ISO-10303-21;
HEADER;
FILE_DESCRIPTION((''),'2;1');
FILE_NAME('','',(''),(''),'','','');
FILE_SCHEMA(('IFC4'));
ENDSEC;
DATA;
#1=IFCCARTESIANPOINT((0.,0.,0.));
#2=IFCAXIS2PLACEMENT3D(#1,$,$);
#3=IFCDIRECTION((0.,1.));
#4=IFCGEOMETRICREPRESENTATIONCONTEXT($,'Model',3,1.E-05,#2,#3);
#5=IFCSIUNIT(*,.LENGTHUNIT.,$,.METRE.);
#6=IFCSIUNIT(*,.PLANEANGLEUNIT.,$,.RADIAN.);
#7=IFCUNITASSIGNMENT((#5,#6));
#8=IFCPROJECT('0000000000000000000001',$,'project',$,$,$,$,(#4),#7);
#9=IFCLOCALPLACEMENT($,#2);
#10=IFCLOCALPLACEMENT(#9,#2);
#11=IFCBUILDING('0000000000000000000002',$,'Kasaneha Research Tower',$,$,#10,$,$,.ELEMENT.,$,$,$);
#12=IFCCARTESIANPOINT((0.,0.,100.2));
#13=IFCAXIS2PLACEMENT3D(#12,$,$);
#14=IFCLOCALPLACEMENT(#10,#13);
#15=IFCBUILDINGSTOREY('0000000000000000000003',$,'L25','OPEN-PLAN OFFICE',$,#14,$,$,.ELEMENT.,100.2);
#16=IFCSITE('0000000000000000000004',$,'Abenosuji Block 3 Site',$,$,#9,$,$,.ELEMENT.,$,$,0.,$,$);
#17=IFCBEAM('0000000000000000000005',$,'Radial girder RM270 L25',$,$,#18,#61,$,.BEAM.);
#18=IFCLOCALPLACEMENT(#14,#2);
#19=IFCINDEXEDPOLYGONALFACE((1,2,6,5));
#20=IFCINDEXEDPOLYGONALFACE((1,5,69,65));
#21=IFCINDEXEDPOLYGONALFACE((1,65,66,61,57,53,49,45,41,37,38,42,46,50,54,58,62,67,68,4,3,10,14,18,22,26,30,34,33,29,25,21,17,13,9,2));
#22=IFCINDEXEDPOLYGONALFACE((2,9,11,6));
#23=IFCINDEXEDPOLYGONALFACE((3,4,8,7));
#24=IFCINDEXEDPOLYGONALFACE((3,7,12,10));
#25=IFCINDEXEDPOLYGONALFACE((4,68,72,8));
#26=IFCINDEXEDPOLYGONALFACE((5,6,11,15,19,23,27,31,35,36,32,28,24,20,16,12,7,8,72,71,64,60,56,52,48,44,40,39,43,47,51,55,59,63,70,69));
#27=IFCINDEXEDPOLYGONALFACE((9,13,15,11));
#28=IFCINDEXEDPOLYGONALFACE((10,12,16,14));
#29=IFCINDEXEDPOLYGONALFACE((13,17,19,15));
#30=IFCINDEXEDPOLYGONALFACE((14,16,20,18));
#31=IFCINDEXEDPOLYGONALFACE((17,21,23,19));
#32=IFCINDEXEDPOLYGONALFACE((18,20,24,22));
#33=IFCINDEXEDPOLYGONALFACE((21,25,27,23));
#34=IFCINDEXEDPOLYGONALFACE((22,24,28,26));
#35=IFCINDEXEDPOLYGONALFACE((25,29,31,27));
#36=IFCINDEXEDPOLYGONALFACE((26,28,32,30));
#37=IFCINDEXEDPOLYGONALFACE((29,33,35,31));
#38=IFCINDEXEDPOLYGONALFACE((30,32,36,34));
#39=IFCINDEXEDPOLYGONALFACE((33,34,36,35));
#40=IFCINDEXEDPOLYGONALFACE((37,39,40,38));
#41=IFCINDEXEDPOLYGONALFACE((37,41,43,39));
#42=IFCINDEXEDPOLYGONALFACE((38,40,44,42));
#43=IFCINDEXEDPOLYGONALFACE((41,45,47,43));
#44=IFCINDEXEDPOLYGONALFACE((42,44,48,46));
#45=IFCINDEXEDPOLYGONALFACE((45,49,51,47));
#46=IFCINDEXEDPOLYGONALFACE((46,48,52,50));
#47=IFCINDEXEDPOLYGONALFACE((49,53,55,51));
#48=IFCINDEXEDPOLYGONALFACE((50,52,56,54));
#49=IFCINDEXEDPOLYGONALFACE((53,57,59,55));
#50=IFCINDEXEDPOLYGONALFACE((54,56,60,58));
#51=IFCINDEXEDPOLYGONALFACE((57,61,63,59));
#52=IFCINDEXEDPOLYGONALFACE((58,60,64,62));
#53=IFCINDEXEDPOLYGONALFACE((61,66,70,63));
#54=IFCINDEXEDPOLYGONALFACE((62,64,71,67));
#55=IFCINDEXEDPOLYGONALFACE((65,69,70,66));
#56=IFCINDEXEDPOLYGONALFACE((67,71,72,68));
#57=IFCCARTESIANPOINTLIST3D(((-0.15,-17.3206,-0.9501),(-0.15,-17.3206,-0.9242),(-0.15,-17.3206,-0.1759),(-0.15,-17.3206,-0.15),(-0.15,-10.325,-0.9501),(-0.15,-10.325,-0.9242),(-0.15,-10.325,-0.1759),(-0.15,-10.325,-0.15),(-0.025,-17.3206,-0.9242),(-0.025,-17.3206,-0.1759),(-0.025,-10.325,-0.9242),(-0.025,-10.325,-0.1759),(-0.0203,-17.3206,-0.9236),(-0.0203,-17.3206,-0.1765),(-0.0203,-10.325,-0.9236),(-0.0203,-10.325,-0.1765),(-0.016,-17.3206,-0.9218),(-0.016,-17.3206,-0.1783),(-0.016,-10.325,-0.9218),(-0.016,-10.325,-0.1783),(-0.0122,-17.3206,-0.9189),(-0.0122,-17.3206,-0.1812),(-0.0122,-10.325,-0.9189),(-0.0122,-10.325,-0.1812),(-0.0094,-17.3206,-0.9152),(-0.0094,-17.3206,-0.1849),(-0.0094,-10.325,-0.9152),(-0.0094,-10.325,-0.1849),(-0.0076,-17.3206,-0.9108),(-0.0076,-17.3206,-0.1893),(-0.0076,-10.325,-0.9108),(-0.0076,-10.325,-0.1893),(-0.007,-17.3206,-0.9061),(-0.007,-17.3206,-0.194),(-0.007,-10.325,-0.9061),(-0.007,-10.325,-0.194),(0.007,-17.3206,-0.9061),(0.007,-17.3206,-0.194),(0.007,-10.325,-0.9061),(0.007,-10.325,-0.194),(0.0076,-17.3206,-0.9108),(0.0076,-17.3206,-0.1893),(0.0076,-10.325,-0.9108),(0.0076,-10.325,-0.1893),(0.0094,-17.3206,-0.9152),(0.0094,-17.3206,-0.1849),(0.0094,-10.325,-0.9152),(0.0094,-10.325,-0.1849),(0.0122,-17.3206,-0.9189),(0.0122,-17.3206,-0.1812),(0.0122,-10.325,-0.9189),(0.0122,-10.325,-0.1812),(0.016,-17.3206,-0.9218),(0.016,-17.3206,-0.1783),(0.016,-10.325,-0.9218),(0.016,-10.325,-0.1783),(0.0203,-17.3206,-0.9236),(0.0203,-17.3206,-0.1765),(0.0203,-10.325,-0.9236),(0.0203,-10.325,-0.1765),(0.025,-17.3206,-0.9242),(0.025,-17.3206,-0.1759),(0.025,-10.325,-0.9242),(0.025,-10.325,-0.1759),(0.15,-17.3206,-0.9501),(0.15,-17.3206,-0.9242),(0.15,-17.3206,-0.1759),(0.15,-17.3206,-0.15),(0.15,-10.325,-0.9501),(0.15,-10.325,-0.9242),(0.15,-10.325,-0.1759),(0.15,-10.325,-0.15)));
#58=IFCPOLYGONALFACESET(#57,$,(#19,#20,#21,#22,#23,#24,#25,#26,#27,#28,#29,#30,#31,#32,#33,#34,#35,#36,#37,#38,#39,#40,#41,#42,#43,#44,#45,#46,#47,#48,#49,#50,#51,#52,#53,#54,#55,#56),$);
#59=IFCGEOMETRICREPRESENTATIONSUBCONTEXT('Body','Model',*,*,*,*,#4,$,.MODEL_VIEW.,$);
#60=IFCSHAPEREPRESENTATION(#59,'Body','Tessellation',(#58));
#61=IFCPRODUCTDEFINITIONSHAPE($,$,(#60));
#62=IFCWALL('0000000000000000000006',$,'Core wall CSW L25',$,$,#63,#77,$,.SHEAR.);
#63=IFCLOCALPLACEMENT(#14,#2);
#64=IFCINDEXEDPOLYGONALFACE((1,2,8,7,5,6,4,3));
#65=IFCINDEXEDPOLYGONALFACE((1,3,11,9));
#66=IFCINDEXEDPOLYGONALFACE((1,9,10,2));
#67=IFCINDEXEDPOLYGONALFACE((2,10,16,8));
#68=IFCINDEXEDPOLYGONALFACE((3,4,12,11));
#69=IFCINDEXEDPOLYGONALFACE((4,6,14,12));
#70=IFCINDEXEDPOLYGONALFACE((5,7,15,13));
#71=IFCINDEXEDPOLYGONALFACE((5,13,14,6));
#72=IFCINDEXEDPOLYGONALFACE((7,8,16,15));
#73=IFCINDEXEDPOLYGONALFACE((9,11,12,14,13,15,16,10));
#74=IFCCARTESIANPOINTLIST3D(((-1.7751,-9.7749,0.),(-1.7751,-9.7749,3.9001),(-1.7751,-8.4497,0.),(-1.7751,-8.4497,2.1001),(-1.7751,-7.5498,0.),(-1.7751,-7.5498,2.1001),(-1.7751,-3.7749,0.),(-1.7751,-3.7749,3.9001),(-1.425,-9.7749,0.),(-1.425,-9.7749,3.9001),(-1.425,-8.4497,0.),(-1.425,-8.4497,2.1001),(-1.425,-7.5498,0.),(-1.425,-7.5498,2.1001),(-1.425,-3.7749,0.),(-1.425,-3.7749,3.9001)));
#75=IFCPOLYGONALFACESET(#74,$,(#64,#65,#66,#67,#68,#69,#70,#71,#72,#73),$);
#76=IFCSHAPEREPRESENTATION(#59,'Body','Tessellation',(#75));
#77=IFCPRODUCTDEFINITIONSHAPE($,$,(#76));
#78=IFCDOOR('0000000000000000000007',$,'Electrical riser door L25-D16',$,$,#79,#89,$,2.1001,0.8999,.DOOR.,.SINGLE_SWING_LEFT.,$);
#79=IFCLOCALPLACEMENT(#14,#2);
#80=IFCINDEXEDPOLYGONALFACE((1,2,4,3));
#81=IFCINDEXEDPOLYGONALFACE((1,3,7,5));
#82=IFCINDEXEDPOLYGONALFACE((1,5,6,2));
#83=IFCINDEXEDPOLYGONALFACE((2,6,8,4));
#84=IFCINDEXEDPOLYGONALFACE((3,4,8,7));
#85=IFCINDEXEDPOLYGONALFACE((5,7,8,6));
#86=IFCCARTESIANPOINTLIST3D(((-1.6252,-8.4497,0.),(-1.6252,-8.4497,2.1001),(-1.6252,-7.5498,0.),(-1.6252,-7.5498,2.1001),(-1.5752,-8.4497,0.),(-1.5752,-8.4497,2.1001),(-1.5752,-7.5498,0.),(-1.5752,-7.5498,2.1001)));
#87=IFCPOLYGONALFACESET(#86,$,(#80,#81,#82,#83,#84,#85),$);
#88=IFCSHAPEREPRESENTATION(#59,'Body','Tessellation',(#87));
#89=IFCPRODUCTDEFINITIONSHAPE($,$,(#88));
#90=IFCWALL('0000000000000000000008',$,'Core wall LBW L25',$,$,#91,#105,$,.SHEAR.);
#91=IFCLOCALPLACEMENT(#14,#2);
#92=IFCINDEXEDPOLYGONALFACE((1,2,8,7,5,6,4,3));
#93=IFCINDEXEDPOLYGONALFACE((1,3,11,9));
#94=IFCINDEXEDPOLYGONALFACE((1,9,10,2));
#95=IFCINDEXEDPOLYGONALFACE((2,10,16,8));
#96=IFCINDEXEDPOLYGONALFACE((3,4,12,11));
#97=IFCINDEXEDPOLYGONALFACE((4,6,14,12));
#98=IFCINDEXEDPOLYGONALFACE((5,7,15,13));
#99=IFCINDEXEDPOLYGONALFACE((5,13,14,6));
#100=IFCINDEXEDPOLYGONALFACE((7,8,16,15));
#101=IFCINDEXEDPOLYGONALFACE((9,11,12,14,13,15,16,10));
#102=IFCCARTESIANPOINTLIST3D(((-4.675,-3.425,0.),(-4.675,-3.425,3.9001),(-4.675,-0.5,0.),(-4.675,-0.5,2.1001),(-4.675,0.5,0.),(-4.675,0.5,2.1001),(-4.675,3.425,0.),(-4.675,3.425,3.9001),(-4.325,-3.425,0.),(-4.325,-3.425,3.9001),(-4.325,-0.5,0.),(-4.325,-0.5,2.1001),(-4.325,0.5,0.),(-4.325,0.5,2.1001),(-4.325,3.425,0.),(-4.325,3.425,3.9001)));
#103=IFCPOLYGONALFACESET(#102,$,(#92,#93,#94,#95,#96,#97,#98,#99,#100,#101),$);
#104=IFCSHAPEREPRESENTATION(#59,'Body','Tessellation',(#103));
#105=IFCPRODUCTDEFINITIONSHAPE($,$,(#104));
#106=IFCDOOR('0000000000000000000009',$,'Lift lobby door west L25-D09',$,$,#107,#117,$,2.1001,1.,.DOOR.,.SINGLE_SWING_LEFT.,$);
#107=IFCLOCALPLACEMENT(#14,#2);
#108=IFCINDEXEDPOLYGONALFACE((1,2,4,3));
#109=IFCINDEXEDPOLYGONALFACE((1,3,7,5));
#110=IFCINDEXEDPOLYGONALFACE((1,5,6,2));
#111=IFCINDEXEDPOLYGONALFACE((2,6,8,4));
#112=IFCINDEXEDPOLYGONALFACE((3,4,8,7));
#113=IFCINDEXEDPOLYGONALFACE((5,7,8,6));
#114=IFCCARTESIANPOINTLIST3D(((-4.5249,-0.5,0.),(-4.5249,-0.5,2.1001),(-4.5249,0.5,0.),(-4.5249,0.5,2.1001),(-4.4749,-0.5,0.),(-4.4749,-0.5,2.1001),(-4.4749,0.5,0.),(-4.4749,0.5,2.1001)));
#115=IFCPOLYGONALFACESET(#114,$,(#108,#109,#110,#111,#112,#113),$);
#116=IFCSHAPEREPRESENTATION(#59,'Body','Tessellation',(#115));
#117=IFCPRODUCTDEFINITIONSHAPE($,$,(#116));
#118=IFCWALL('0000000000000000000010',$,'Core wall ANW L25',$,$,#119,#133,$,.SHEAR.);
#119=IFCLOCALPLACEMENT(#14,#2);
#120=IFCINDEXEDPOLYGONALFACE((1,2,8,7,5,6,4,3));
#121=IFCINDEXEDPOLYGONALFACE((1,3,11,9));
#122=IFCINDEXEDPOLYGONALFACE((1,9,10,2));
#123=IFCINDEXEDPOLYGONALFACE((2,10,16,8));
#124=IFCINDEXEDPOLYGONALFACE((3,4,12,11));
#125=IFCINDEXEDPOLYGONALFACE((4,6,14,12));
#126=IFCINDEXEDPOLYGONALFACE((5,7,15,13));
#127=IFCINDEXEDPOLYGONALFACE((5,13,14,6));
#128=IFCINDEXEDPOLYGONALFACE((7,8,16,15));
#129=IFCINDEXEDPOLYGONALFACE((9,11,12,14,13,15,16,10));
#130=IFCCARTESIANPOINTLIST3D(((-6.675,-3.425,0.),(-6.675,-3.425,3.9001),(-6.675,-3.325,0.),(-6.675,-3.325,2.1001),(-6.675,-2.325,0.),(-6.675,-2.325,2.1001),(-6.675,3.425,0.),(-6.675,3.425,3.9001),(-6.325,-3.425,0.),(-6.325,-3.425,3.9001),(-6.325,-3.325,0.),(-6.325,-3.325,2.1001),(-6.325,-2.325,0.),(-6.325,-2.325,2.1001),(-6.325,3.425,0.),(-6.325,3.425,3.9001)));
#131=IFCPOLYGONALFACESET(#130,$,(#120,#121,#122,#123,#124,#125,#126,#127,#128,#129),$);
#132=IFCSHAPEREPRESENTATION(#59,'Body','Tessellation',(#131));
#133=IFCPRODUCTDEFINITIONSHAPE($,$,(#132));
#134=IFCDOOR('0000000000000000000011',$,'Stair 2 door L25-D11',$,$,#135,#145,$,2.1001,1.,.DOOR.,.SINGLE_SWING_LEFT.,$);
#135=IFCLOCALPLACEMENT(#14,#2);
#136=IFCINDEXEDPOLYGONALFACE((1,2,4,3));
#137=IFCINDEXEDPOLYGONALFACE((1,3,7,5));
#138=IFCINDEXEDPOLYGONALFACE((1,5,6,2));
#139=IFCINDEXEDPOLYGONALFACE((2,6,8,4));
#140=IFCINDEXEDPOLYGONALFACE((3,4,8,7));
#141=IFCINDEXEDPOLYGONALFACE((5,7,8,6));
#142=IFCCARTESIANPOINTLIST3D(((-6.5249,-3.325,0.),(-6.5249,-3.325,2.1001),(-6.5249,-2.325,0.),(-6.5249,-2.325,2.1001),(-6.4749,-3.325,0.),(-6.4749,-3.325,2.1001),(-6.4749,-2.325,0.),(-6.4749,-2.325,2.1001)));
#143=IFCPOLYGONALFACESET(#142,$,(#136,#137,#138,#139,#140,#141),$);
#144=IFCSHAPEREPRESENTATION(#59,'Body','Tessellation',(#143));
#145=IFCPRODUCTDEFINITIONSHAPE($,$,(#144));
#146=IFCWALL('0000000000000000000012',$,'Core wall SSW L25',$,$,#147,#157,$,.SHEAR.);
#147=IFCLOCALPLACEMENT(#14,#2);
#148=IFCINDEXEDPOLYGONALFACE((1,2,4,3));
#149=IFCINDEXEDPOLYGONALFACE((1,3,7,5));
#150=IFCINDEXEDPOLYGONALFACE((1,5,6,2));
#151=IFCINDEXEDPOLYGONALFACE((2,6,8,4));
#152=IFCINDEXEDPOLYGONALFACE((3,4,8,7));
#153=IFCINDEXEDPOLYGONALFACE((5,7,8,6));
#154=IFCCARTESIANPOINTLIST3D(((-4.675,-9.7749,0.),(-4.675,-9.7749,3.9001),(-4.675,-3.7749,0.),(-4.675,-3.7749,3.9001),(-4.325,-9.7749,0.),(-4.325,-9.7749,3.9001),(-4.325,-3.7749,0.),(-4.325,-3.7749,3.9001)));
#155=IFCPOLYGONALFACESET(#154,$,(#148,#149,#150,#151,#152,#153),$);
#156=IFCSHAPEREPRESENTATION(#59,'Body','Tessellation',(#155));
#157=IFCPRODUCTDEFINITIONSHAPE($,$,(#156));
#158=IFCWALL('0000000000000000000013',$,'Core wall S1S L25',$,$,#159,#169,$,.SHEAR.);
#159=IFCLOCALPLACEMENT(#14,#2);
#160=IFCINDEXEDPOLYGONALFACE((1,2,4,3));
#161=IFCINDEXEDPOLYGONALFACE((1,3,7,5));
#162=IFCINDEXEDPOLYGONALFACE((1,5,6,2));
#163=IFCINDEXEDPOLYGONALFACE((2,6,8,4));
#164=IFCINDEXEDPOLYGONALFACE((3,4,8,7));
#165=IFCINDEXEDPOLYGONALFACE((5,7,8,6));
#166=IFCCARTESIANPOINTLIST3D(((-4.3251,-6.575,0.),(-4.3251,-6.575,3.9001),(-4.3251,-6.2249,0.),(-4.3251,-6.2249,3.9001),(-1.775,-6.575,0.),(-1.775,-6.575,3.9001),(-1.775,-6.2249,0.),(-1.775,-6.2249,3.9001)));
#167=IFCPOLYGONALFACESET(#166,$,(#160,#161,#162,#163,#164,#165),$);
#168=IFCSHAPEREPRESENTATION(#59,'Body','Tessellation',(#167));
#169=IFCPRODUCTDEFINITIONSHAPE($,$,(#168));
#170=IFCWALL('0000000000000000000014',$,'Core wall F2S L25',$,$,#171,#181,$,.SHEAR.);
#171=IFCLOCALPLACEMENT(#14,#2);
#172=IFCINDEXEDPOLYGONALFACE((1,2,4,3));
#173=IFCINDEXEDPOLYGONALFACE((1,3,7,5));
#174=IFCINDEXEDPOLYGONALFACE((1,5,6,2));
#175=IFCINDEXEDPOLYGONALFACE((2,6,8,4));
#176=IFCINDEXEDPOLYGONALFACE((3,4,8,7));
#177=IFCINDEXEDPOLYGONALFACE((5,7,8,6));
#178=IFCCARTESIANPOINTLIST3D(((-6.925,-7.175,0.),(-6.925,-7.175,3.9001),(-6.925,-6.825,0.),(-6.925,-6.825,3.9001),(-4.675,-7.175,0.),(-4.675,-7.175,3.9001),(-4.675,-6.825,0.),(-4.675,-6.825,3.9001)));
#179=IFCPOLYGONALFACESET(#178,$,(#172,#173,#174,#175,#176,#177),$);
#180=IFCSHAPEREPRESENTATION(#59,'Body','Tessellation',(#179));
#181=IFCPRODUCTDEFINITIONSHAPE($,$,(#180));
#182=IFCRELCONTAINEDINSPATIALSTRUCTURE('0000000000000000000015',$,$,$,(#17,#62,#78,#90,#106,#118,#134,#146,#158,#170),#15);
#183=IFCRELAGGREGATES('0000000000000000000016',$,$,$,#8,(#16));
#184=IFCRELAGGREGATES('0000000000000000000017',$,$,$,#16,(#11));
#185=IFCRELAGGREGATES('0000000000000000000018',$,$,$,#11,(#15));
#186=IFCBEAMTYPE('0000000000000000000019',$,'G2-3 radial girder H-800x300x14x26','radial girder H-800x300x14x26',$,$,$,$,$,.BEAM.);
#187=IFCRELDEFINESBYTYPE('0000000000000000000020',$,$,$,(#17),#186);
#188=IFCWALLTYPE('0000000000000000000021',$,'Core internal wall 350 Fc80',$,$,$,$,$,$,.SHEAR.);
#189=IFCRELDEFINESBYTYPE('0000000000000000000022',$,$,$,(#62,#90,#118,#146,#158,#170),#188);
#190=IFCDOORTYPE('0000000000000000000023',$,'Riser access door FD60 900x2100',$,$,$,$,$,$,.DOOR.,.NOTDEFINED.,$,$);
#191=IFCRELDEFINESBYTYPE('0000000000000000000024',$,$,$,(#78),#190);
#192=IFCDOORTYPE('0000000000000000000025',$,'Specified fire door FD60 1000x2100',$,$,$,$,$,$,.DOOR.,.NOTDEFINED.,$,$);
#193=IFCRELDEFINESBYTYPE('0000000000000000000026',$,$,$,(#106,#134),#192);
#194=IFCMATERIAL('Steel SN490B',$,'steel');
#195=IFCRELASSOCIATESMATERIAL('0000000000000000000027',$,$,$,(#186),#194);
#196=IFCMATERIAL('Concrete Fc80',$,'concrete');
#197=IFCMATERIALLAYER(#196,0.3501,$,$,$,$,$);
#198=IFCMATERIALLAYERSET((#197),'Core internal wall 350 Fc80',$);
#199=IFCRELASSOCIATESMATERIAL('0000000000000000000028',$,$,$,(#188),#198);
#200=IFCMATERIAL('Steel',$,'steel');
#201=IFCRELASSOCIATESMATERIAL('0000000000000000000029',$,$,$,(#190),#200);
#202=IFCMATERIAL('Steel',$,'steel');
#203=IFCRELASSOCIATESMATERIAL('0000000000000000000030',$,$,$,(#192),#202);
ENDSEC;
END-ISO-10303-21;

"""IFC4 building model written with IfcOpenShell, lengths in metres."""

from ifc_helpers import new_model, si_unit, direction, frame, frame_2d, origin, origin_2d, place, context, subcontext, project, spatial, rectangle, i_section, extrude, material, layer, layer_set, material_profile, profile_set, type_object, element, fill, save


model = new_model("IFC4")

# Units and contexts
model_context = context("Model", 3, precision=1e-05, world=origin(), true_north=direction((0.0, 1.0)))
body_context = subcontext(model_context, "Body", "Model", "MODEL_VIEW")
ifc_project = project(units=[si_unit("LENGTHUNIT", "METRE"), si_unit("PLANEANGLEUNIT", "RADIAN")], contexts=[model_context])

# Site, building, storey
site_placement = place(None, origin())
site = spatial("IfcSite", under=ifc_project, at=site_placement, Name="Abenosuji Block 3 Site", CompositionType="ELEMENT", RefElevation=0.0)
building_placement = place(site_placement, origin())
building = spatial("IfcBuilding", under=site, at=building_placement, Name="Kasaneha Research Tower", CompositionType="ELEMENT")
storey_placement = place(building_placement, frame((0.0, 0.0, 100.2)))
storey = spatial("IfcBuildingStorey", under=building, at=storey_placement, Name="L25", Description="OPEN-PLAN OFFICE", CompositionType="ELEMENT", Elevation=100.2)

# Beam
ifc_material_1 = material(Name="Steel SN490B", Category="steel")
ifc_material_profile_1 = material_profile(ifc_material_1, i_section(OverallWidth=0.3, OverallDepth=0.8, WebThickness=0.0139, FlangeThickness=0.0259, FilletRadius=0.0181, at=origin_2d()), Name="H-800x300x14x26")
ifc_profile_set_1 = profile_set([ifc_material_profile_1], Name="Steel SN490B")
beam_type_1 = type_object("IfcBeamType", Name="G2-3 radial girder H-800x300x14x26", Description="radial girder H-800x300x14x26", PredefinedType="BEAM", material=ifc_profile_set_1)
beam_1_placement = place(storey_placement, frame((0.0, -10.325, -0.55), z_axis=(0.0, -1.0, 0.0), x_axis=(1.0, 0.0, 0.0)))
element("IfcBeam", 1, at=beam_1_placement, inside=storey, type_object=beam_type_1, Name="Radial girder RM270 L25", PredefinedType="BEAM", context=body_context, shape_type="SweptSolid", body=[
    extrude(i_section(OverallWidth=0.3, OverallDepth=0.8, WebThickness=0.0139, FlangeThickness=0.0259, FilletRadius=0.0181, at=origin_2d()), origin(), (0.0, 0.0, 1.0), 6.9956),
])

# Walls, openings, doors
ifc_material_2 = material(Name="Concrete Fc80", Category="concrete")
ifc_layer_1 = layer(ifc_material_2, 0.3501)
ifc_layer_set_1 = layer_set([ifc_layer_1], Name="Core internal wall 350 Fc80")
wall_type_1 = type_object("IfcWallType", Name="Core internal wall 350 Fc80", PredefinedType="SHEAR", material=ifc_layer_set_1)
wall_1_placement = place(storey_placement, frame((-1.6001, -3.7749, 0.0), z_axis=(0.0, 0.0, 1.0), x_axis=(0.0, -1.0, 0.0)))
wall_1 = element("IfcWall", 2, at=wall_1_placement, inside=storey, type_object=wall_type_1, Name="Core wall CSW L25", PredefinedType="SHEAR", context=body_context, shape_type="SweptSolid", body=[
    extrude(rectangle(XDim=6.0, YDim=0.3501, at=frame_2d((3.0, 0.0))), origin(), (0.0, 0.0, 1.0), 3.9001),
])
opening_1_placement = place(wall_1_placement, frame((3.7749, 0.0, 0.0)))
opening_1 = element("IfcOpeningElement", 3, at=opening_1_placement, cuts=wall_1, PredefinedType="OPENING", context=body_context, shape_type="SweptSolid", body=[
    extrude(rectangle(XDim=0.8999, YDim=2.1001, at=frame_2d((0.45, 1.05))), frame((0.0, 0.1851, 0.0), z_axis=(0.0, -1.0, 0.0), x_axis=(1.0, 0.0, 0.0)), (0.0, 0.0, 1.0), 0.3701),
])
ifc_material_3 = material(Name="Steel", Category="steel")
door_type_1 = type_object("IfcDoorType", Name="Riser access door FD60 900x2100", OperationType="NOTDEFINED", PredefinedType="DOOR", material=ifc_material_3)
door_1_placement = place(opening_1_placement, origin())
door_1 = element("IfcDoor", 4, at=door_1_placement, inside=storey, type_object=door_type_1, Name="Electrical riser door L25-D16", OperationType="SINGLE_SWING_LEFT", OverallHeight=2.1001, OverallWidth=0.8999, PredefinedType="DOOR", context=body_context, shape_type="SweptSolid", body=[
    extrude(rectangle(XDim=0.8999, YDim=2.1001, at=frame_2d((0.45, 1.05))), frame((0.0, 0.0249, 0.0), z_axis=(0.0, -1.0, 0.0), x_axis=(1.0, 0.0, 0.0)), (0.0, 0.0, 1.0), 0.05),
])
fill(opening_1, door_1)
wall_2_placement = place(storey_placement, frame((-4.5, -3.425, 0.0), z_axis=(0.0, 0.0, 1.0), x_axis=(0.0, 1.0, 0.0)))
wall_2 = element("IfcWall", 5, at=wall_2_placement, inside=storey, type_object=wall_type_1, Name="Core wall LBW L25", PredefinedType="SHEAR", context=body_context, shape_type="SweptSolid", body=[
    extrude(rectangle(XDim=6.8501, YDim=0.3501, at=frame_2d((3.425, 0.0))), origin(), (0.0, 0.0, 1.0), 3.9001),
])
opening_2_placement = place(wall_2_placement, frame((2.925, 0.0, 0.0)))
opening_2 = element("IfcOpeningElement", 6, at=opening_2_placement, cuts=wall_2, PredefinedType="OPENING", context=body_context, shape_type="SweptSolid", body=[
    extrude(rectangle(XDim=1.0, YDim=2.1001, at=frame_2d((0.5, 1.05))), frame((0.0, 0.1851, 0.0), z_axis=(0.0, -1.0, 0.0), x_axis=(1.0, 0.0, 0.0)), (0.0, 0.0, 1.0), 0.3701),
])
ifc_material_4 = material(Name="Steel", Category="steel")
door_type_2 = type_object("IfcDoorType", Name="Specified fire door FD60 1000x2100", OperationType="NOTDEFINED", PredefinedType="DOOR", material=ifc_material_4)
door_2_placement = place(opening_2_placement, origin())
door_2 = element("IfcDoor", 7, at=door_2_placement, inside=storey, type_object=door_type_2, Name="Lift lobby door west L25-D09", OperationType="SINGLE_SWING_LEFT", OverallHeight=2.1001, OverallWidth=1.0, PredefinedType="DOOR", context=body_context, shape_type="SweptSolid", body=[
    extrude(rectangle(XDim=1.0, YDim=2.1001, at=frame_2d((0.5, 1.05))), frame((0.0, 0.0249, 0.0), z_axis=(0.0, -1.0, 0.0), x_axis=(1.0, 0.0, 0.0)), (0.0, 0.0, 1.0), 0.05),
])
fill(opening_2, door_2)
wall_3_placement = place(storey_placement, frame((-6.5, -3.425, 0.0), z_axis=(0.0, 0.0, 1.0), x_axis=(0.0, 1.0, 0.0)))
wall_3 = element("IfcWall", 8, at=wall_3_placement, inside=storey, type_object=wall_type_1, Name="Core wall ANW L25", PredefinedType="SHEAR", context=body_context, shape_type="SweptSolid", body=[
    extrude(rectangle(XDim=6.8501, YDim=0.3501, at=frame_2d((3.425, 0.0))), origin(), (0.0, 0.0, 1.0), 3.9001),
])
opening_3_placement = place(wall_3_placement, frame((0.1001, 0.0, 0.0)))
opening_3 = element("IfcOpeningElement", 9, at=opening_3_placement, cuts=wall_3, PredefinedType="OPENING", context=body_context, shape_type="SweptSolid", body=[
    extrude(rectangle(XDim=1.0, YDim=2.1001, at=frame_2d((0.5, 1.05))), frame((0.0, 0.1851, 0.0), z_axis=(0.0, -1.0, 0.0), x_axis=(1.0, 0.0, 0.0)), (0.0, 0.0, 1.0), 0.3701),
])
door_3_placement = place(opening_3_placement, origin())
door_3 = element("IfcDoor", 10, at=door_3_placement, inside=storey, type_object=door_type_2, Name="Stair 2 door L25-D11", OperationType="SINGLE_SWING_LEFT", OverallHeight=2.1001, OverallWidth=1.0, PredefinedType="DOOR", context=body_context, shape_type="SweptSolid", body=[
    extrude(rectangle(XDim=1.0, YDim=2.1001, at=frame_2d((0.5, 1.05))), frame((0.0, 0.0249, 0.0), z_axis=(0.0, -1.0, 0.0), x_axis=(1.0, 0.0, 0.0)), (0.0, 0.0, 1.0), 0.05),
])
fill(opening_3, door_3)

# Walls
wall_4_placement = place(storey_placement, frame((-4.5, -3.7749, 0.0), z_axis=(0.0, 0.0, 1.0), x_axis=(0.0, -1.0, 0.0)))
element("IfcWall", 11, at=wall_4_placement, inside=storey, type_object=wall_type_1, Name="Core wall SSW L25", PredefinedType="SHEAR", context=body_context, shape_type="SweptSolid", body=[
    extrude(rectangle(XDim=6.0, YDim=0.3501, at=frame_2d((3.0, 0.0))), origin(), (0.0, 0.0, 1.0), 3.9001),
])
wall_5_placement = place(storey_placement, frame((-4.325, -6.3999, 0.0), z_axis=(0.0, 0.0, 1.0), x_axis=(1.0, 0.0, 0.0)))
element("IfcWall", 12, at=wall_5_placement, inside=storey, type_object=wall_type_1, Name="Core wall S1S L25", PredefinedType="SHEAR", context=body_context, shape_type="SweptSolid", body=[
    extrude(rectangle(XDim=2.55, YDim=0.3501, at=frame_2d((1.2749, 0.0))), origin(), (0.0, 0.0, 1.0), 3.9001),
])
wall_6_placement = place(storey_placement, frame((-6.925, -7.0, 0.0), z_axis=(0.0, 0.0, 1.0), x_axis=(1.0, 0.0, 0.0)))
element("IfcWall", 13, at=wall_6_placement, inside=storey, type_object=wall_type_1, Name="Core wall F2S L25", PredefinedType="SHEAR", context=body_context, shape_type="SweptSolid", body=[
    extrude(rectangle(XDim=2.25, YDim=0.3501, at=frame_2d((1.125, 0.0))), origin(), (0.0, 0.0, 1.0), 3.9001),
])

save(model, "model.ifc")
